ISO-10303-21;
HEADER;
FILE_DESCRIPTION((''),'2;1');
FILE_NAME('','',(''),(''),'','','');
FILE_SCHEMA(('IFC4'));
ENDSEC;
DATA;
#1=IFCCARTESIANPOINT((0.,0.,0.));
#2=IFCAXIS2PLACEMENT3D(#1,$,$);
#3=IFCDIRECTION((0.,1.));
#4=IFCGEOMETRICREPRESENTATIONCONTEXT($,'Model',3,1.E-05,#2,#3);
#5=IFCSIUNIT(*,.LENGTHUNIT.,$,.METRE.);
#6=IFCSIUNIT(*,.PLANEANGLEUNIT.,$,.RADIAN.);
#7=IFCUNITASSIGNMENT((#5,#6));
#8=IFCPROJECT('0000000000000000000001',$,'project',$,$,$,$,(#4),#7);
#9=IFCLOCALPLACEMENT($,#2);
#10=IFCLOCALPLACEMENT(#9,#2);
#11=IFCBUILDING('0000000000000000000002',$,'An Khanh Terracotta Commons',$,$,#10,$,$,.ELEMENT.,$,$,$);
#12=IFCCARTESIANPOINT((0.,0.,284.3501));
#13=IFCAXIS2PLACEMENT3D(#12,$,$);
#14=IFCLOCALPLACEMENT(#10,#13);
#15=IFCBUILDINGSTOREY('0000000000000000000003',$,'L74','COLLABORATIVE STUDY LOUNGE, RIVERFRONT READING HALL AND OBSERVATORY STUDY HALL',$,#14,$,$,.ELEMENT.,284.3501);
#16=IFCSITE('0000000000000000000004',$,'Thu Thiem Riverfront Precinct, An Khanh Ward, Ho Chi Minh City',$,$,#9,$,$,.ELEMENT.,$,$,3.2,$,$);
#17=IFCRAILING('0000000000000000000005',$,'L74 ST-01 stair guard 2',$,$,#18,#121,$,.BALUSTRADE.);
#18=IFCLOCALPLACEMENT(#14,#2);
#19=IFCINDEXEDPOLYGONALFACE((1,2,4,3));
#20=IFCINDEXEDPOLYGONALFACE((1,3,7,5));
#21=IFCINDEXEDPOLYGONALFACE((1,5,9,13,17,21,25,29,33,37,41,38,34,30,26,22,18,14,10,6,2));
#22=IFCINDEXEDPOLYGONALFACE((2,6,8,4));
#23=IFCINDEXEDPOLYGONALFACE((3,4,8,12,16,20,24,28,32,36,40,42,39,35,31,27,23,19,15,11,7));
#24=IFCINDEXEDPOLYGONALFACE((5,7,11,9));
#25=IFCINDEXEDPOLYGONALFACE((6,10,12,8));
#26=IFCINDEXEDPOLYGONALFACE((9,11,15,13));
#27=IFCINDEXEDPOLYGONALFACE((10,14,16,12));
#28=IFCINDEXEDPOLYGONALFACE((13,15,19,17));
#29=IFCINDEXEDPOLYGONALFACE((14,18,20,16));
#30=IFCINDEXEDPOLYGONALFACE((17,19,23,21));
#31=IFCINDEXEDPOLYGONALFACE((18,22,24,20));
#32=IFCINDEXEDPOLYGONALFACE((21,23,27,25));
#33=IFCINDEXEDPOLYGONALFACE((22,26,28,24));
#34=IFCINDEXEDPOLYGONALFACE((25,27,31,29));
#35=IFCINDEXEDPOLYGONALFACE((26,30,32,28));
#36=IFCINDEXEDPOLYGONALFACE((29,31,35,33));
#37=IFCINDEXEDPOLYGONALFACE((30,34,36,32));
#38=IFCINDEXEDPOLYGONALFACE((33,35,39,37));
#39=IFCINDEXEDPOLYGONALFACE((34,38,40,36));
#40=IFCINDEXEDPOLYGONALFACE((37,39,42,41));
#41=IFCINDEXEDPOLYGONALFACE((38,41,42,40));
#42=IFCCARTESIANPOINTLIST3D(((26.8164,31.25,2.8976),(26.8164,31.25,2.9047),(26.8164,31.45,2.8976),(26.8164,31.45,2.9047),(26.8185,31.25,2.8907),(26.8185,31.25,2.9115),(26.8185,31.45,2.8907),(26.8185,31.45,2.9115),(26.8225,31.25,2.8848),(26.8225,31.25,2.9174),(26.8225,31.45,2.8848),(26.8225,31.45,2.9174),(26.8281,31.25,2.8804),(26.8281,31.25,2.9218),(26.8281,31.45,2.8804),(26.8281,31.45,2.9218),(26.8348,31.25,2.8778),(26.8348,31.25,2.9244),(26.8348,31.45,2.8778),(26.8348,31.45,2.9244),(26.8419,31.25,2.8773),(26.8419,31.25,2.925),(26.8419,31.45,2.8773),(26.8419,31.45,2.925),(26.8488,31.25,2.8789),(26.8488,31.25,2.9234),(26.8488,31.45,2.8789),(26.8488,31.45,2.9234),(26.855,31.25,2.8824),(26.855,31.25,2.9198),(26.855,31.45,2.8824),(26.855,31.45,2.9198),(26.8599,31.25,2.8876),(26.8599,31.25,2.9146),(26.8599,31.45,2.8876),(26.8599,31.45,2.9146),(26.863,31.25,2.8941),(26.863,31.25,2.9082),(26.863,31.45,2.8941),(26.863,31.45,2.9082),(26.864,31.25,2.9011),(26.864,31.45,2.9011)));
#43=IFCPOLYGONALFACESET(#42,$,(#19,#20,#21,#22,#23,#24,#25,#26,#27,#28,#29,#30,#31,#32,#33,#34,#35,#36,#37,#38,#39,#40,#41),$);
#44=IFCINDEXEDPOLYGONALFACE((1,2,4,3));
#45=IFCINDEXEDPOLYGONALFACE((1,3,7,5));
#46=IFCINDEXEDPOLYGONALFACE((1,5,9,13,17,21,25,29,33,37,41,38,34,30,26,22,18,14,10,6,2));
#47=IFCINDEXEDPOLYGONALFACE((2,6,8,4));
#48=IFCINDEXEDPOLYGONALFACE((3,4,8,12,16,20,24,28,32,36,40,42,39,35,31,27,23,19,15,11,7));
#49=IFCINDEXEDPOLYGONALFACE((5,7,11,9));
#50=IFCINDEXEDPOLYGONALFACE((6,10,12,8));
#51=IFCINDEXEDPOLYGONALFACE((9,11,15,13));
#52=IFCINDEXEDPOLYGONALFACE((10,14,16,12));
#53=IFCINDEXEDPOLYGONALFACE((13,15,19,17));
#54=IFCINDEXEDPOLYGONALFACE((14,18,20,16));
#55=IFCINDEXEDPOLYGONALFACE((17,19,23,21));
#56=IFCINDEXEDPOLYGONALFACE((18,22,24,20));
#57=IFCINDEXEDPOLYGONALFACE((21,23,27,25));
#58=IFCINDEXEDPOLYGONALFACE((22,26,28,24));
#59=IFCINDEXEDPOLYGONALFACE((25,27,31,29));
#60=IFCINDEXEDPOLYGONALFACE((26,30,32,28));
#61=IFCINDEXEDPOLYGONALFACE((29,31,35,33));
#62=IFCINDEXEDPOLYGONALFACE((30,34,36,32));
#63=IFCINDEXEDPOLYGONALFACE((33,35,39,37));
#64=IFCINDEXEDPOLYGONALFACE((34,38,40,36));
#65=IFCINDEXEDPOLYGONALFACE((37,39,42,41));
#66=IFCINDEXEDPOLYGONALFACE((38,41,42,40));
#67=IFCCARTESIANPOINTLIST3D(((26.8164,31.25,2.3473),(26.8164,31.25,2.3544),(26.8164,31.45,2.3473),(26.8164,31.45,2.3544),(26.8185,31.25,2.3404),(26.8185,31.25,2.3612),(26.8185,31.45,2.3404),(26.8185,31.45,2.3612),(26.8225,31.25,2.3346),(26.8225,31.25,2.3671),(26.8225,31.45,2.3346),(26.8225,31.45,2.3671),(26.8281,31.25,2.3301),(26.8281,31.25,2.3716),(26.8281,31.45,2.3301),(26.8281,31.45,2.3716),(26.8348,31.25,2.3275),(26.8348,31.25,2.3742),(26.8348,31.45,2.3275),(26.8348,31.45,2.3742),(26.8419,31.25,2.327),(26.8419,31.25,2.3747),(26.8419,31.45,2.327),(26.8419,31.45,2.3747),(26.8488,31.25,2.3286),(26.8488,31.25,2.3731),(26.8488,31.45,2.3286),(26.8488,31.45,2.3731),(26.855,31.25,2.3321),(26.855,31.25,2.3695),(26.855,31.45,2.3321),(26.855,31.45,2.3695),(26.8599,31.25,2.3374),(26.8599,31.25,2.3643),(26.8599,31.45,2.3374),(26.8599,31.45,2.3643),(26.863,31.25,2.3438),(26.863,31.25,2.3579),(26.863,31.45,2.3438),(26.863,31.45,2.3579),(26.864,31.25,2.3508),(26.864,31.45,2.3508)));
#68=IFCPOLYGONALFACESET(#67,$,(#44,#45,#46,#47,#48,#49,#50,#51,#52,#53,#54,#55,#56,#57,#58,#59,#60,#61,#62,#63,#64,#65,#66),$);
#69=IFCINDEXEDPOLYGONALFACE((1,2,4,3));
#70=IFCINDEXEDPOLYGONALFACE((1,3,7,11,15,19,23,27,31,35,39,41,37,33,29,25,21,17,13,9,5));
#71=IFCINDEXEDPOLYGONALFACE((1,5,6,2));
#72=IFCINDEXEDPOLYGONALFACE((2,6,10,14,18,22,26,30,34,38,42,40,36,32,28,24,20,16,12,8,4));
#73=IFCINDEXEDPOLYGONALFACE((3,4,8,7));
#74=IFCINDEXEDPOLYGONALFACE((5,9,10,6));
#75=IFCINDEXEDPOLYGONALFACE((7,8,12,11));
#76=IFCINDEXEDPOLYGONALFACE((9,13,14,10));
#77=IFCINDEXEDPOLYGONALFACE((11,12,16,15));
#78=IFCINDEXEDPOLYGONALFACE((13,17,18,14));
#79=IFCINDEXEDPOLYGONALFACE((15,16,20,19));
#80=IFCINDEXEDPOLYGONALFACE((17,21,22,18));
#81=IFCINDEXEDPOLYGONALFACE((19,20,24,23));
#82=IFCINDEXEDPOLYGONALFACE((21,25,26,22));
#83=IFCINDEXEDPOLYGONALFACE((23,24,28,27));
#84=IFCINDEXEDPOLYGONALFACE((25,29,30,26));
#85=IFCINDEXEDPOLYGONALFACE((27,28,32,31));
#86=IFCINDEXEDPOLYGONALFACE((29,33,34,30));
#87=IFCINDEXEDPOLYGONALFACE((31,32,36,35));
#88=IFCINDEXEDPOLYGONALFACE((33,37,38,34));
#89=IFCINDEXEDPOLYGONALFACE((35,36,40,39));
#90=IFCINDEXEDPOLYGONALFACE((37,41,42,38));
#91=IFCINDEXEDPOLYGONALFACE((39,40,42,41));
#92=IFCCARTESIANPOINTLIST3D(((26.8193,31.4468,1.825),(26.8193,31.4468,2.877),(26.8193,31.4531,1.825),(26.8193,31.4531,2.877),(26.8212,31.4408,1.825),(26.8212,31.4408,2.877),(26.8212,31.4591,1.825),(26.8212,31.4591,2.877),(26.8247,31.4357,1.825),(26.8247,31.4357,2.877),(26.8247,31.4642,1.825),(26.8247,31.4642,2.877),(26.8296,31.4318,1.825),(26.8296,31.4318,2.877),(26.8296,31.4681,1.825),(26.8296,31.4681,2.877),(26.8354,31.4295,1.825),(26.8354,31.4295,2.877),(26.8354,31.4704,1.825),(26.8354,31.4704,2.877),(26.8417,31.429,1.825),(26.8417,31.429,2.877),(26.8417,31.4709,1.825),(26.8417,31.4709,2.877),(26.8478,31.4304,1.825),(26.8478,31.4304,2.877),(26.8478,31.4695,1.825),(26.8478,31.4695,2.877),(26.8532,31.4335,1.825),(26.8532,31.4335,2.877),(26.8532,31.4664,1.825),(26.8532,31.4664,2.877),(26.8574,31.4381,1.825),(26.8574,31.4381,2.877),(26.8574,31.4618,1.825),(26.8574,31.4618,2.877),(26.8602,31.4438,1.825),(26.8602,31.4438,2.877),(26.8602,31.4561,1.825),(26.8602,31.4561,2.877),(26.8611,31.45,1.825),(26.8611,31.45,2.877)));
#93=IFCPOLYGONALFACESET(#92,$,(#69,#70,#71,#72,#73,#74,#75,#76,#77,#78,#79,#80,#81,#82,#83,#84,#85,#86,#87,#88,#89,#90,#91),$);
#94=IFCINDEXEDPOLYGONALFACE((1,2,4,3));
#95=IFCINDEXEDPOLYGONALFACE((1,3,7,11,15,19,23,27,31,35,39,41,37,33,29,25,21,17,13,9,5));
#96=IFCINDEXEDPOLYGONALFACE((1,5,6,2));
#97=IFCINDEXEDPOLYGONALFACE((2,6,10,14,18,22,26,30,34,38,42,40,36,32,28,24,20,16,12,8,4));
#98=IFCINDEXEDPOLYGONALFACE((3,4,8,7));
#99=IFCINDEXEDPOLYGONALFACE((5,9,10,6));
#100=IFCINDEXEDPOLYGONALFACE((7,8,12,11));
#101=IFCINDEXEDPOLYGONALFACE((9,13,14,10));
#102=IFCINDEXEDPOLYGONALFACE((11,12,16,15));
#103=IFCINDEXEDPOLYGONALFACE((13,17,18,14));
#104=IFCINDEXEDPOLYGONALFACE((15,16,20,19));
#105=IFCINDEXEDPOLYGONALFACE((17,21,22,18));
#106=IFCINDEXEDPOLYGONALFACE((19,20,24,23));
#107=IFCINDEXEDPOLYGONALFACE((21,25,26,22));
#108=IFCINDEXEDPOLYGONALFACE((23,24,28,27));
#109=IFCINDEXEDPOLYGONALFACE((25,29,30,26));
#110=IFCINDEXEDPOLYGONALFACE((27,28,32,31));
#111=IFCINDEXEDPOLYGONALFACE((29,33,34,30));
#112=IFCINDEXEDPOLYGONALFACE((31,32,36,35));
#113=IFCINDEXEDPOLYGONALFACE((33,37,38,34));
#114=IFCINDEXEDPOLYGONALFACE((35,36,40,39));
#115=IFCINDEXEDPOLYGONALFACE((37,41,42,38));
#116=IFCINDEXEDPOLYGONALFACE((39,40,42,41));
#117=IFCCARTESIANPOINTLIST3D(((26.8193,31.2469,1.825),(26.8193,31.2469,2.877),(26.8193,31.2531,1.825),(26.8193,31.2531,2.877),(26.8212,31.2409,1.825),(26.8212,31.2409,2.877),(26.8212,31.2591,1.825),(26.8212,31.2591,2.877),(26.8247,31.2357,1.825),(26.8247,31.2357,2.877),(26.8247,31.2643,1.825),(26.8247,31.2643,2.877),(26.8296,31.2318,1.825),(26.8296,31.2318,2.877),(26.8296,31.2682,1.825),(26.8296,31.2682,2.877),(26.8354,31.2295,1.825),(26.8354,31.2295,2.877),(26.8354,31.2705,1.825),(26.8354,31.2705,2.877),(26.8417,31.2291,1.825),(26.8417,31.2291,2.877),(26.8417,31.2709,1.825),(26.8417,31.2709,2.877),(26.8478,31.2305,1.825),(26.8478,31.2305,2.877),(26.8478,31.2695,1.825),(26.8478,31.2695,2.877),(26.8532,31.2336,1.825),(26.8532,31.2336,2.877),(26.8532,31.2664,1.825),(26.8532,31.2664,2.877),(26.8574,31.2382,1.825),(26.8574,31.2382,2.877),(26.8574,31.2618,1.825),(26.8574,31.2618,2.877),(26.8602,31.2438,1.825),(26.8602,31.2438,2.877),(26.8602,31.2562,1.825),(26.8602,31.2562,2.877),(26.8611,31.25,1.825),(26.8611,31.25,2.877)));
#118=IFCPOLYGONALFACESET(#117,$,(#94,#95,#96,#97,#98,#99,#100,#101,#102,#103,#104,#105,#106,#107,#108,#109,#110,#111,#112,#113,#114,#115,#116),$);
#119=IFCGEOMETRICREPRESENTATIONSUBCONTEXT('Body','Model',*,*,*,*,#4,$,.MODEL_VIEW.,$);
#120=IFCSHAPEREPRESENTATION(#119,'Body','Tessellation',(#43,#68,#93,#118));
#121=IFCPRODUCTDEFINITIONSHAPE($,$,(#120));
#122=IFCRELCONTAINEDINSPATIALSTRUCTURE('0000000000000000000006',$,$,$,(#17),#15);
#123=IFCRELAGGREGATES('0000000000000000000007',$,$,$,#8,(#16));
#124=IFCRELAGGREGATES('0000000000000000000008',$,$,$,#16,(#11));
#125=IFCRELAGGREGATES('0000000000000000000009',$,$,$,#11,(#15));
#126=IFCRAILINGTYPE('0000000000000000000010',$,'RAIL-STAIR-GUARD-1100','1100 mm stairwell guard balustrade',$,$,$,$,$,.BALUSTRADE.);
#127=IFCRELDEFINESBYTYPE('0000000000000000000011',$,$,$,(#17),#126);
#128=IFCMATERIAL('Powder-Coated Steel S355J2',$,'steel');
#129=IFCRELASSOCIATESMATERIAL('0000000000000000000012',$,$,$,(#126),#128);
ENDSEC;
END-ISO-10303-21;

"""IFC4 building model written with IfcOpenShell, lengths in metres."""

from ifc_helpers import new_model, si_unit, direction, frame, origin, origin_2d, place, context, subcontext, project, spatial, circle, extrude, material, type_object, element, save


model = new_model("IFC4")

# Units and contexts
model_context = context("Model", 3, precision=1e-05, world=origin(), true_north=direction((0.0, 1.0)))
body_context = subcontext(model_context, "Body", "Model", "MODEL_VIEW")
ifc_project = project(units=[si_unit("LENGTHUNIT", "METRE"), si_unit("PLANEANGLEUNIT", "RADIAN")], contexts=[model_context])

# Site, building, storey
site_placement = place(None, origin())
site = spatial("IfcSite", under=ifc_project, at=site_placement, Name="Thu Thiem Riverfront Precinct, An Khanh Ward, Ho Chi Minh City", CompositionType="ELEMENT", RefElevation=3.2)
building_placement = place(site_placement, origin())
building = spatial("IfcBuilding", under=site, at=building_placement, Name="An Khanh Terracotta Commons", CompositionType="ELEMENT")
storey_placement = place(building_placement, frame((0.0, 0.0, 284.3501)))
storey = spatial("IfcBuildingStorey", under=building, at=storey_placement, Name="L74", Description="COLLABORATIVE STUDY LOUNGE, RIVERFRONT READING HALL AND OBSERVATORY STUDY HALL", CompositionType="ELEMENT", Elevation=284.3501)

# Railing
ifc_material_1 = material(Name="Powder-Coated Steel S355J2", Category="steel")
railing_type_1 = type_object("IfcRailingType", Name="RAIL-STAIR-GUARD-1100", Description="1100 mm stairwell guard balustrade", PredefinedType="BALUSTRADE", material=ifc_material_1)
railing_1_placement = place(storey_placement, frame((26.8401, 31.45, 1.825)))
element("IfcRailing", 1, at=railing_1_placement, inside=storey, type_object=railing_type_1, Name="L74 ST-01 stair guard 2", PredefinedType="BALUSTRADE", context=body_context, shape_type="SweptSolid", body=[
    extrude(circle(Radius=0.0239, at=origin_2d()), frame((0.0, 0.0, 1.0762), z_axis=(0.0, -1.0, 0.0), x_axis=(1.0, 0.0, 0.0)), (0.0, 0.0, 1.0), 0.2),
    extrude(circle(Radius=0.0239, at=origin_2d()), frame((0.0, 0.0, 0.5259), z_axis=(0.0, -1.0, 0.0), x_axis=(1.0, 0.0, 0.0)), (0.0, 0.0, 1.0), 0.2),
    extrude(circle(Radius=0.021, at=origin_2d()), origin(), (0.0, 0.0, 1.0), 1.052),
    extrude(circle(Radius=0.021, at=origin_2d()), frame((0.0, -0.2, 0.0)), (0.0, 0.0, 1.0), 1.052),
])

save(model, "model.ifc")
